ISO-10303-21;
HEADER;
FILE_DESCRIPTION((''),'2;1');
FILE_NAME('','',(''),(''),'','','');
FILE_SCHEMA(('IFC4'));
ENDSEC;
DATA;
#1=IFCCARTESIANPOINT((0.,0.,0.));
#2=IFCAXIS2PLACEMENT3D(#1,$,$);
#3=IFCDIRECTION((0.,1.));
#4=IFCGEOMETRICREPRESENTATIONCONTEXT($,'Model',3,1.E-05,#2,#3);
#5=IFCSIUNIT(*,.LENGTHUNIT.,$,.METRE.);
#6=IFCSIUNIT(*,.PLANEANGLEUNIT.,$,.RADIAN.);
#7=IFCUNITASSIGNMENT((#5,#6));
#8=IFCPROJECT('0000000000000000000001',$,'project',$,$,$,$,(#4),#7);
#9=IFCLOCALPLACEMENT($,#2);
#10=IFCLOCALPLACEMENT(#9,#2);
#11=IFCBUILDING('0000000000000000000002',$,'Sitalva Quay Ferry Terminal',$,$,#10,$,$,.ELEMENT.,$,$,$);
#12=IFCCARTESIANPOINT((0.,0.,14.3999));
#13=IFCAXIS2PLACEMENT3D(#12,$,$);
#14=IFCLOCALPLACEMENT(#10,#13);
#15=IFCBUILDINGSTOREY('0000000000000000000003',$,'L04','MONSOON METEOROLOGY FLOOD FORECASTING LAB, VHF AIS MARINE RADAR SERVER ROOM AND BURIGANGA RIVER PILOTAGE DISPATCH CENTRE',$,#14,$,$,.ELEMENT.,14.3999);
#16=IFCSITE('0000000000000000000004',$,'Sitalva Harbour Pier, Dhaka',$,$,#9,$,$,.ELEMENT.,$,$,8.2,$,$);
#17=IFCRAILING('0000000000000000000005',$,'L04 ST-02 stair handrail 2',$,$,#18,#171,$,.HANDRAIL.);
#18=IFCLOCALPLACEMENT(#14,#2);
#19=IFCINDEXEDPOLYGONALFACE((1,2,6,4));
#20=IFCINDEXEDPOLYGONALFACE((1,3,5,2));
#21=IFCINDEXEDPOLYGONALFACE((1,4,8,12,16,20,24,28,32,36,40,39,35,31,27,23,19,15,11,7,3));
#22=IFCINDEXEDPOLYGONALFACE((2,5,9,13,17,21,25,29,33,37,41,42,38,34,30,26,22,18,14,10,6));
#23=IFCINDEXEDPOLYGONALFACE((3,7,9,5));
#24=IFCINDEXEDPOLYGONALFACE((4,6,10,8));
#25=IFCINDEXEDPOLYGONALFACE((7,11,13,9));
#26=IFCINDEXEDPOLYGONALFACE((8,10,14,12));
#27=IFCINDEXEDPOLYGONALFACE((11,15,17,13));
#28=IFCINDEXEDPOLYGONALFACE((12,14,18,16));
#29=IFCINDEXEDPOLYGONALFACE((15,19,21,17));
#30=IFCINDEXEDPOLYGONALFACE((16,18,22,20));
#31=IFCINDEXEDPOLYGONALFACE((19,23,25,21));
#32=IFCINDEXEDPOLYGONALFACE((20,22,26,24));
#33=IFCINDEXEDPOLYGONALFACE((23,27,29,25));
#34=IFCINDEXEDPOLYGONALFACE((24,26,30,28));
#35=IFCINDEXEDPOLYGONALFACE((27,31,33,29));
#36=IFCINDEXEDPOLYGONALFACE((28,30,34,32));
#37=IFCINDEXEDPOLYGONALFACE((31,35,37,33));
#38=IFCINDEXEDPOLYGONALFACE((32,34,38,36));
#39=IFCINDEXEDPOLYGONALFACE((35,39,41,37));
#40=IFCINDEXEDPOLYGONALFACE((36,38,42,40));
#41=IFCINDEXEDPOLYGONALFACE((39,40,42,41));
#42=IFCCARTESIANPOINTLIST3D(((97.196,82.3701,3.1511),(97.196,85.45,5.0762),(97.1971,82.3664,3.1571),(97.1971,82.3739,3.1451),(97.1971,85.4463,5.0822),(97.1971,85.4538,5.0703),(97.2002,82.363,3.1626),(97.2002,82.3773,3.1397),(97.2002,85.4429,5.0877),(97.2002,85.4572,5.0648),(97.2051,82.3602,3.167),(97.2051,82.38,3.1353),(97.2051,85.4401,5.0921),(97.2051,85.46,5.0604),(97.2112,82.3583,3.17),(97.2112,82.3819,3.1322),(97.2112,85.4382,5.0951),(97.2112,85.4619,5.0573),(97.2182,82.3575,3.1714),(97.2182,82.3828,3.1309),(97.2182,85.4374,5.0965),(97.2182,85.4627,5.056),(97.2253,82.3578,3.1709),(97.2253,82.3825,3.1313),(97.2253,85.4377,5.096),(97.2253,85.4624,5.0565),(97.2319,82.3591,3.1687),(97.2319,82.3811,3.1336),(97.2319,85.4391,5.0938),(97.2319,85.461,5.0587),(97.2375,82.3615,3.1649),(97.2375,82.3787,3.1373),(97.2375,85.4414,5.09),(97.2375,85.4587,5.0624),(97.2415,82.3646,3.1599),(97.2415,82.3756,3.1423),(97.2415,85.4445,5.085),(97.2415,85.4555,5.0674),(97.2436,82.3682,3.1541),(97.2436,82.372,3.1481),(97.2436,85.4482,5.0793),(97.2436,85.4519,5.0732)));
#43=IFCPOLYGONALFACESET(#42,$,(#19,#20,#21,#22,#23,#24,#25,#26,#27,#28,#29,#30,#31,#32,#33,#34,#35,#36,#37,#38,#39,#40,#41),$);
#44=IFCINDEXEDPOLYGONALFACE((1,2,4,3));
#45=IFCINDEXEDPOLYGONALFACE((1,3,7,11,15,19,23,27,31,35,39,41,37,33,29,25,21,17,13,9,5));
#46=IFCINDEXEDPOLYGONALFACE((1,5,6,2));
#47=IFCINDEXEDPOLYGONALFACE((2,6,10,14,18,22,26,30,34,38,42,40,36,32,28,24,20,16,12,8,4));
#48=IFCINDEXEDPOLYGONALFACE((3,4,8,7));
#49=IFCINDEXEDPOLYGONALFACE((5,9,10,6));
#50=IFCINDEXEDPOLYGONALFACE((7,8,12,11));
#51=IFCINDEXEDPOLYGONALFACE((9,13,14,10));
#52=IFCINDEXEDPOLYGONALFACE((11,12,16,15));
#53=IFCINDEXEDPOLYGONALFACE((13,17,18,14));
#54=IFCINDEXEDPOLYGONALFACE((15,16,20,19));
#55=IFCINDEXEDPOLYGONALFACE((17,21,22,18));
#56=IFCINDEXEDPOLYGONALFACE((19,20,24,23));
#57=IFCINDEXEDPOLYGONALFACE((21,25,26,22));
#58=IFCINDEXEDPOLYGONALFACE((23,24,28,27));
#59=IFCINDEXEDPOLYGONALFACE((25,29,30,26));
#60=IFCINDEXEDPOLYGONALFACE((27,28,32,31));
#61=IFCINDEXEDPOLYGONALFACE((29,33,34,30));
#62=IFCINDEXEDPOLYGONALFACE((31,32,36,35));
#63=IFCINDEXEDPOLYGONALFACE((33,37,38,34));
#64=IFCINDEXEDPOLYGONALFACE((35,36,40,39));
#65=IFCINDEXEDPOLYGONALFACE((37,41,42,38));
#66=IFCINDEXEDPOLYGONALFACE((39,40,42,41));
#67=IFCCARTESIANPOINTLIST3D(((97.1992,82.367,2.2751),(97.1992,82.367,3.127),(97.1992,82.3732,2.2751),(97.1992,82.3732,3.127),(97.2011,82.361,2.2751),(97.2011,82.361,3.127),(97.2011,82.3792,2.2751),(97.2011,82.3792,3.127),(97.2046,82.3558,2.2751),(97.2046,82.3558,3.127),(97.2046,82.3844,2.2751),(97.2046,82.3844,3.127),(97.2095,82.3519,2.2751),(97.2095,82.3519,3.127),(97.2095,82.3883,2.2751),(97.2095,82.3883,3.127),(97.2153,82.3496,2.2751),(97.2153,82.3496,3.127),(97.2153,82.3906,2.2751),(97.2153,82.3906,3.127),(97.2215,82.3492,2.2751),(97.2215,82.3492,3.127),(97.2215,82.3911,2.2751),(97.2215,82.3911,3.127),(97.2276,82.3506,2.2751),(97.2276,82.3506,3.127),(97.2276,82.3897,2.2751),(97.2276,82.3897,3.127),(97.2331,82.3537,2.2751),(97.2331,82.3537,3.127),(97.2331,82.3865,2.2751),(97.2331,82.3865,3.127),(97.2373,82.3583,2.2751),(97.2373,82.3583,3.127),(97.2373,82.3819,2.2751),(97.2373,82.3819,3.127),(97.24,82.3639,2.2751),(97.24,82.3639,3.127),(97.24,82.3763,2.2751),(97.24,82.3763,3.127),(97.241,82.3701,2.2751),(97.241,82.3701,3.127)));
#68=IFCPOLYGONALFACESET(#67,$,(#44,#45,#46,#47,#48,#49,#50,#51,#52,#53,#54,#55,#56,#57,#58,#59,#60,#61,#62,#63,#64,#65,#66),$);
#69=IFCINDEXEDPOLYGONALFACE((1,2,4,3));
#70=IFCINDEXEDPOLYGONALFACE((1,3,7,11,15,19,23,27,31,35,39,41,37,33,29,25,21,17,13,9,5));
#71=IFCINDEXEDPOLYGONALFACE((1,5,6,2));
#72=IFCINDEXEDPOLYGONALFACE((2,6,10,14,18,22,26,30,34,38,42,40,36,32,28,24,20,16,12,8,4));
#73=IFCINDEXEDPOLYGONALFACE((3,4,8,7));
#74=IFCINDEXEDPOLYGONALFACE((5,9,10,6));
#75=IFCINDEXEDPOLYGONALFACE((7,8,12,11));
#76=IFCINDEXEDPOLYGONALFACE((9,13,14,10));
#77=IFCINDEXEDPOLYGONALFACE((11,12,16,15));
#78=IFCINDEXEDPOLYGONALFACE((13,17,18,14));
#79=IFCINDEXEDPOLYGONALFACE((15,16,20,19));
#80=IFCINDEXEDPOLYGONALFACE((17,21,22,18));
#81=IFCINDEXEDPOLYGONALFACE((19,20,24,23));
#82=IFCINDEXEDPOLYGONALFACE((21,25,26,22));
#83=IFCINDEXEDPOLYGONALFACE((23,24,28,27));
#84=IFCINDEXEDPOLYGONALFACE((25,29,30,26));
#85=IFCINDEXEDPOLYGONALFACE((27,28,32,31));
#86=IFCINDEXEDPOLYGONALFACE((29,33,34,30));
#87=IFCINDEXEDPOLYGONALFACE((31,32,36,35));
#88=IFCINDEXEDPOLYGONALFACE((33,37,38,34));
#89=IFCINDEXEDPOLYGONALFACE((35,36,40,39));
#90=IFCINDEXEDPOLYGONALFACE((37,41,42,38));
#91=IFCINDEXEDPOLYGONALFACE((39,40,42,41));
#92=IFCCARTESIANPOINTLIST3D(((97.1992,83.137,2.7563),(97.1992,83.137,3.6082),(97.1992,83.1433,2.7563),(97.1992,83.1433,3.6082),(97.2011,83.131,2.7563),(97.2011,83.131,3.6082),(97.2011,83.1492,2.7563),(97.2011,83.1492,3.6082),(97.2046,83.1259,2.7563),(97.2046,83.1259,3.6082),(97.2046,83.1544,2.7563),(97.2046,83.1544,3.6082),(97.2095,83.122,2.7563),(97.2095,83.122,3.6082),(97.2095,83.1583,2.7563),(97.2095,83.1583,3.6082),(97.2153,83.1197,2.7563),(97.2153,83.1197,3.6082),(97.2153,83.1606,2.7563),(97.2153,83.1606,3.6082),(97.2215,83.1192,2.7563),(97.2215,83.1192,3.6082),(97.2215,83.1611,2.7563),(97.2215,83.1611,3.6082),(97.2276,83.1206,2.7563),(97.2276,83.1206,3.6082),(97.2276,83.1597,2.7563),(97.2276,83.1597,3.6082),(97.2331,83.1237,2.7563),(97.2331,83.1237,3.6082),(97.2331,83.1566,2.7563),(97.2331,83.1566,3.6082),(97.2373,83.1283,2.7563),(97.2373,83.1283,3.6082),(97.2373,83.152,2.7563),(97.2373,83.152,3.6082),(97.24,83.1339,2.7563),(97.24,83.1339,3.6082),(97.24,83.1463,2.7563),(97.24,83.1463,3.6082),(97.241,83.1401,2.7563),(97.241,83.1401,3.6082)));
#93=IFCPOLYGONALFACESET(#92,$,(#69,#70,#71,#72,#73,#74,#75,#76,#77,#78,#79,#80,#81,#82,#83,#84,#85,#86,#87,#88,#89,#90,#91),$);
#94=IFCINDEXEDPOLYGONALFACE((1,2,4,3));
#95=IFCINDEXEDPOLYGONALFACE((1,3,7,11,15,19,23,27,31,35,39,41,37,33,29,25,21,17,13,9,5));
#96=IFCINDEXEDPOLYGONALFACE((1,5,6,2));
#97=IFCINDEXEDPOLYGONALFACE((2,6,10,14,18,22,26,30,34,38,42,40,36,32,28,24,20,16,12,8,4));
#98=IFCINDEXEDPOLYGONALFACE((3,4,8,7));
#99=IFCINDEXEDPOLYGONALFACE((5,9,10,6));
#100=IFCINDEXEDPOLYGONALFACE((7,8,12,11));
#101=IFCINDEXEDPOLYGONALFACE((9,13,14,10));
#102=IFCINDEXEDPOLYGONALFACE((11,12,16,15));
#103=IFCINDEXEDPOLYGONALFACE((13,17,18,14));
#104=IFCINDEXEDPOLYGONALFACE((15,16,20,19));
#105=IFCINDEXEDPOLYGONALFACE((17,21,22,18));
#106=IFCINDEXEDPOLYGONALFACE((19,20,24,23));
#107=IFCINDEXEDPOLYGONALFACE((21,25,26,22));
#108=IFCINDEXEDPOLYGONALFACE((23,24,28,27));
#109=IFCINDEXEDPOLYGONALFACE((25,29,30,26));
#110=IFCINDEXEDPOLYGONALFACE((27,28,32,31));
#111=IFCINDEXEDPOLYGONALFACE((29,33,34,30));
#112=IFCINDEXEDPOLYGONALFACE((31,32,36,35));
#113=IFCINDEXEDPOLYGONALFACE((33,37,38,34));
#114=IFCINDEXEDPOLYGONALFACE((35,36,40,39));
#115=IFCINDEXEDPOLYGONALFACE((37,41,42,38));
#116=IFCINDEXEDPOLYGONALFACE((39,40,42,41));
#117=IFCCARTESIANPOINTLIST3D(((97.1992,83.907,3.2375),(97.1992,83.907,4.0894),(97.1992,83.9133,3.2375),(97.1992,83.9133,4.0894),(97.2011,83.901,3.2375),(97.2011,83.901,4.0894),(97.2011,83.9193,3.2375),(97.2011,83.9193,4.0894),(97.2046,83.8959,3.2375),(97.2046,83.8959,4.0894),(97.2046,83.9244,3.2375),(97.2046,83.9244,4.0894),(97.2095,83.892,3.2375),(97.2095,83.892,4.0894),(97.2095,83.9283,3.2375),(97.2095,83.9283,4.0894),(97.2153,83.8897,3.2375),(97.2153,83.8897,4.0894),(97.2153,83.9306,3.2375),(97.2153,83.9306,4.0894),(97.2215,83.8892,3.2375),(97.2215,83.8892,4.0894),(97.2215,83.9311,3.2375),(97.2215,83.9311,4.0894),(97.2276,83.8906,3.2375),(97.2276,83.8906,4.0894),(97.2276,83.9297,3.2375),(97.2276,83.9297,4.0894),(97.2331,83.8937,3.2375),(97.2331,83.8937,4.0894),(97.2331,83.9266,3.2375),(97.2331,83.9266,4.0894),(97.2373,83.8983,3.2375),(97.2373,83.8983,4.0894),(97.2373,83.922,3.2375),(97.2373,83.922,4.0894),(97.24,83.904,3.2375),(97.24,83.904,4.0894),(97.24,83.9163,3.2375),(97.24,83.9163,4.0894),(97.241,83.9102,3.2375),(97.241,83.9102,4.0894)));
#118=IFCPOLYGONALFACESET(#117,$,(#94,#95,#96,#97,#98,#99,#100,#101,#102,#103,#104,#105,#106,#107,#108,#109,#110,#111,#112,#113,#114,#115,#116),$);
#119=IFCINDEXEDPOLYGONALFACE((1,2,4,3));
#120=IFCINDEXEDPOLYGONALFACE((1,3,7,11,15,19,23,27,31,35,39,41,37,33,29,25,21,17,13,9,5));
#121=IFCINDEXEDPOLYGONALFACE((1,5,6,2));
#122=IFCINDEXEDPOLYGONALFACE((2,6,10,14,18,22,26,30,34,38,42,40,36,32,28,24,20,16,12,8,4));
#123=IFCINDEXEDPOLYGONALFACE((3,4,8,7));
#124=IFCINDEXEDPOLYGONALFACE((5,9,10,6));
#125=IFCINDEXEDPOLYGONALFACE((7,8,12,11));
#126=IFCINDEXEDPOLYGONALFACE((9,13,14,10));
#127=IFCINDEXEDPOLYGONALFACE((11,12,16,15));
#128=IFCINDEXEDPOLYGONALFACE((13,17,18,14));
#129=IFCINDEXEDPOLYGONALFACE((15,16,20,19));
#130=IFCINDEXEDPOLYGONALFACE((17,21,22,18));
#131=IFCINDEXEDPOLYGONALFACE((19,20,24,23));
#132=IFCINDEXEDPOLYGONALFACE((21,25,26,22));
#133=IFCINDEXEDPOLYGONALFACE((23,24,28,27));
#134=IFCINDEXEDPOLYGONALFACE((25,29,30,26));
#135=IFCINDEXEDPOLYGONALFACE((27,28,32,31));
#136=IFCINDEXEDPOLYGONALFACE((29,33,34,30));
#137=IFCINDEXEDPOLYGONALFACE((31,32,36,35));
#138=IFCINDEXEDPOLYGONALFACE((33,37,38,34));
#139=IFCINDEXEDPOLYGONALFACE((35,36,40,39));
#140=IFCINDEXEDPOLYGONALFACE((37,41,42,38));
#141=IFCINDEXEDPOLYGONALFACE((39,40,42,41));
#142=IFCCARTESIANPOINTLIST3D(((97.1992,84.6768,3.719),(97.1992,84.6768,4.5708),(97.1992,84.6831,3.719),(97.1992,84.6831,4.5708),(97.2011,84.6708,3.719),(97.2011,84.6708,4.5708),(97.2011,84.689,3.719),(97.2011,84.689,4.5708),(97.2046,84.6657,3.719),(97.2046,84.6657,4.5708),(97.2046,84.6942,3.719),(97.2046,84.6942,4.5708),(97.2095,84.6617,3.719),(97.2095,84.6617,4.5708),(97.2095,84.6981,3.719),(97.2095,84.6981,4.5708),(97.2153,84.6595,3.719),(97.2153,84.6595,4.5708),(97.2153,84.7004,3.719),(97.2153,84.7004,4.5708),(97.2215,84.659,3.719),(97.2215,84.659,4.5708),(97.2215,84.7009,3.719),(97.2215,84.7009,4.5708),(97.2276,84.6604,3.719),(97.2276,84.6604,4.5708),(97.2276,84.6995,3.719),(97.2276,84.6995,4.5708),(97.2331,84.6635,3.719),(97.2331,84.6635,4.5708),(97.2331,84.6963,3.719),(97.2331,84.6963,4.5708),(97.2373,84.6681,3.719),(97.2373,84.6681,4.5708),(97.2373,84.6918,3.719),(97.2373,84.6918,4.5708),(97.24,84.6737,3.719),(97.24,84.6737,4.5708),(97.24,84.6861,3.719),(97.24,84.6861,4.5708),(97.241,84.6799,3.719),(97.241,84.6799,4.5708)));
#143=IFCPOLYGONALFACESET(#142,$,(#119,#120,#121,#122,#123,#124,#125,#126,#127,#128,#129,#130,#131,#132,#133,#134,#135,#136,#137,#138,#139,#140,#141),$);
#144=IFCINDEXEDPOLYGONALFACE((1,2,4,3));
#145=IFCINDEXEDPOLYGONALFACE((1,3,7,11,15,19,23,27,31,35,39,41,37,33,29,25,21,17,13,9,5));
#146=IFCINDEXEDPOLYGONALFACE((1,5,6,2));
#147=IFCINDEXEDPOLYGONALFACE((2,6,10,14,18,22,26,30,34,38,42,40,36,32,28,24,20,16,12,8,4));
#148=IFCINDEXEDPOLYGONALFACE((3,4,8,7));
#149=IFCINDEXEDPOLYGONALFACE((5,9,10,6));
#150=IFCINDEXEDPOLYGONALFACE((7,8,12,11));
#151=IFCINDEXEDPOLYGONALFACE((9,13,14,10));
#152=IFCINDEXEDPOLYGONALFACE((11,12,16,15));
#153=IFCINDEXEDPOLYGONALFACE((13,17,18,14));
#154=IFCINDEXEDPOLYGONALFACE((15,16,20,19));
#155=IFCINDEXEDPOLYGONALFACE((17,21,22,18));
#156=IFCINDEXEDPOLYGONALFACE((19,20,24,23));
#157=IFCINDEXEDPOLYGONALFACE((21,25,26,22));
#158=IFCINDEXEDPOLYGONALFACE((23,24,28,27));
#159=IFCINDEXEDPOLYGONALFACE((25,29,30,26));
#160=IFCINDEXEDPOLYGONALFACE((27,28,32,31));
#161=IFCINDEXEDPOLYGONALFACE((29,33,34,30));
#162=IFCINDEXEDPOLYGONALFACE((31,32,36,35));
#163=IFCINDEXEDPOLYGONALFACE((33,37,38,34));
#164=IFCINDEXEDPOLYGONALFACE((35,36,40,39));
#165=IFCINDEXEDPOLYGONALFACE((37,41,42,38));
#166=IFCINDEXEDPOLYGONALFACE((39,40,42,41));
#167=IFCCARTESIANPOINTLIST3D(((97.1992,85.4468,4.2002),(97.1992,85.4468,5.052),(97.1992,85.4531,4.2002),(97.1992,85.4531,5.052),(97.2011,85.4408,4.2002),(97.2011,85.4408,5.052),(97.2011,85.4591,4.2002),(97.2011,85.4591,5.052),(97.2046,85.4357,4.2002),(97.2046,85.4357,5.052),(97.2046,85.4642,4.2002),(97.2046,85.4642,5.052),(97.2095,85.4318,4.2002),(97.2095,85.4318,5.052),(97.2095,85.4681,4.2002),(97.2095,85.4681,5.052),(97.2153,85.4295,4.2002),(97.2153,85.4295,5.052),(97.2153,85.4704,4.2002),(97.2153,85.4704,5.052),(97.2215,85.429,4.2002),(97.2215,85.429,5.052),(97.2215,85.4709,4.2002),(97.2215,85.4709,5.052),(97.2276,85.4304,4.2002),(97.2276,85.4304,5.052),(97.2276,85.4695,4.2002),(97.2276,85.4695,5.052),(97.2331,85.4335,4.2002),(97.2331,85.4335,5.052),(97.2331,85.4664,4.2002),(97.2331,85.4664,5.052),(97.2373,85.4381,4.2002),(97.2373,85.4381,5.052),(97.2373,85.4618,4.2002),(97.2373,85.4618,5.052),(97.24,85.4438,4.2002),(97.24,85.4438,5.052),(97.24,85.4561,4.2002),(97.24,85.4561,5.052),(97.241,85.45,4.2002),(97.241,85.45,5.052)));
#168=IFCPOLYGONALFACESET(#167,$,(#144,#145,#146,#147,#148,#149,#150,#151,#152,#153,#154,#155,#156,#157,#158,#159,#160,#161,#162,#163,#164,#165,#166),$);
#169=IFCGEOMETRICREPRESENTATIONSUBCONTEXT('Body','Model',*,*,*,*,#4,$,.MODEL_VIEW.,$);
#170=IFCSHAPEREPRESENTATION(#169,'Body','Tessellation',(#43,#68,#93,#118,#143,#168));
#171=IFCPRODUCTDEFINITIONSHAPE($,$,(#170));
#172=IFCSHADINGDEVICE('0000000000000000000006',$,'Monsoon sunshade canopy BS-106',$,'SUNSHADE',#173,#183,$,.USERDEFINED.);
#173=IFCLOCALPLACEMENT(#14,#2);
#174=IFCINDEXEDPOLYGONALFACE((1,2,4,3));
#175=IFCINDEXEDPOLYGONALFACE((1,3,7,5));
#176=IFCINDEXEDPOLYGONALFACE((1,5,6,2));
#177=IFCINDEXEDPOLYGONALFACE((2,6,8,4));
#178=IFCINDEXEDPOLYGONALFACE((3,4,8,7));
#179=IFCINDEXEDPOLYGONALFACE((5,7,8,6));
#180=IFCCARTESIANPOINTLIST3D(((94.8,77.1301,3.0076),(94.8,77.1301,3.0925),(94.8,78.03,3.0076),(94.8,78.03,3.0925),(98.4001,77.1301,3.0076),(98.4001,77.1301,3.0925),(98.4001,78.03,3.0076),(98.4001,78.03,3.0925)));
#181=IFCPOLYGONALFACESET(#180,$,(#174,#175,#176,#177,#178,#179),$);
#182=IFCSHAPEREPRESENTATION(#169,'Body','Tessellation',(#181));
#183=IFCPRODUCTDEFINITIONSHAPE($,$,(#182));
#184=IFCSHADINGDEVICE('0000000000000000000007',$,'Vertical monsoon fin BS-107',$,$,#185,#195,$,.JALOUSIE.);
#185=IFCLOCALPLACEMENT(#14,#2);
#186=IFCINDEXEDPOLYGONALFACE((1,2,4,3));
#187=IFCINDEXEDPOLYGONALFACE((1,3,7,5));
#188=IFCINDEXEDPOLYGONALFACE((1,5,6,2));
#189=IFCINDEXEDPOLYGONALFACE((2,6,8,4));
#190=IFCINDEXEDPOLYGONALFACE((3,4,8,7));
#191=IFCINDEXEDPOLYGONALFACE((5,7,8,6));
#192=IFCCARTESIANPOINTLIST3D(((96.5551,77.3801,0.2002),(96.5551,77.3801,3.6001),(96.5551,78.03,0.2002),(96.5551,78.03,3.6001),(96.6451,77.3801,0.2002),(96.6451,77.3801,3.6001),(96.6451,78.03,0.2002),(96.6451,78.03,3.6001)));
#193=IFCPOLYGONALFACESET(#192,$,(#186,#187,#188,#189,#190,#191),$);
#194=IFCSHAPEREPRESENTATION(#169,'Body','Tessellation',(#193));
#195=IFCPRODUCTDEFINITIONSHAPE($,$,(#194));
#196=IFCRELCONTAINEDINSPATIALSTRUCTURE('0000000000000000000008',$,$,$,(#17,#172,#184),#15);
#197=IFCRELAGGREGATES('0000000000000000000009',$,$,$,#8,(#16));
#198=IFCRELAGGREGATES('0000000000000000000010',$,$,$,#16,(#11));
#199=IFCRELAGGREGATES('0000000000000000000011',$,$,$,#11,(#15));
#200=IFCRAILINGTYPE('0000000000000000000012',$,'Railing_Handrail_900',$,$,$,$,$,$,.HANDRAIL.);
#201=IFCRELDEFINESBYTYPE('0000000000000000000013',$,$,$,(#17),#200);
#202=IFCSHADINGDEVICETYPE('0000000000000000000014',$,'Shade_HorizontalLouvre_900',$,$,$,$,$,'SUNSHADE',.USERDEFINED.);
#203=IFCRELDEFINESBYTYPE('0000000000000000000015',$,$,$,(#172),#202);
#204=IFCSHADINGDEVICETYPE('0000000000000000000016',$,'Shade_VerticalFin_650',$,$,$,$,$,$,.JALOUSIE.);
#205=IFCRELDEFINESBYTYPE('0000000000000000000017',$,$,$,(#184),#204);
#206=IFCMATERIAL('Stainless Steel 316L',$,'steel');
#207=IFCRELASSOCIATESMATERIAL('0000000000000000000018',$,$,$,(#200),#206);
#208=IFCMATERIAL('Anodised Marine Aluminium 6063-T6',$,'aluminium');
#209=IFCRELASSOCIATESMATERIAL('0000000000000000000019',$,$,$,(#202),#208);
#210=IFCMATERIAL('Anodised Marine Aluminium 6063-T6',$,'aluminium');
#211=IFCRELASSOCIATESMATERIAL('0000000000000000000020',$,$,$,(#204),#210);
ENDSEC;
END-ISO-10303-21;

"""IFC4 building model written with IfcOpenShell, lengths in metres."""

from ifc_helpers import new_model, si_unit, direction, frame, origin, origin_2d, place, context, subcontext, project, spatial, rectangle, circle, extrude, material, type_object, element, save


model = new_model("IFC4")

# Units and contexts
model_context = context("Model", 3, precision=1e-05, world=origin(), true_north=direction((0.0, 1.0)))
body_context = subcontext(model_context, "Body", "Model", "MODEL_VIEW")
ifc_project = project(units=[si_unit("LENGTHUNIT", "METRE"), si_unit("PLANEANGLEUNIT", "RADIAN")], contexts=[model_context])

# Site, building, storey
site_placement = place(None, origin())
site = spatial("IfcSite", under=ifc_project, at=site_placement, Name="Sitalva Harbour Pier, Dhaka", CompositionType="ELEMENT", RefElevation=8.2)
building_placement = place(site_placement, origin())
building = spatial("IfcBuilding", under=site, at=building_placement, Name="Sitalva Quay Ferry Terminal", CompositionType="ELEMENT")
storey_placement = place(building_placement, frame((0.0, 0.0, 14.3999)))
storey = spatial("IfcBuildingStorey", under=building, at=storey_placement, Name="L04", Description="MONSOON METEOROLOGY FLOOD FORECASTING LAB, VHF AIS MARINE RADAR SERVER ROOM AND BURIGANGA RIVER PILOTAGE DISPATCH CENTRE", CompositionType="ELEMENT", Elevation=14.3999)

# Railing
ifc_material_1 = material(Name="Stainless Steel 316L", Category="steel")
railing_type = type_object("IfcRailingType", Name="Railing_Handrail_900", PredefinedType="HANDRAIL", material=ifc_material_1)
railing_placement = place(storey_placement, frame((97.22, 82.3701, 2.2751)))
element("IfcRailing", 1, at=railing_placement, inside=storey, type_object=railing_type, Name="L04 ST-02 stair handrail 2", PredefinedType="HANDRAIL", context=body_context, shape_type="SweptSolid", body=[
    extrude(circle(Radius=0.0239, at=origin_2d()), frame((0.0, 0.0, 0.876), z_axis=(0.0, 0.847979, 0.530029), x_axis=(-1.0, 0.0, 0.0)), (0.0, 0.0, 1.0), 3.6321),
    extrude(circle(Radius=0.021, at=origin_2d()), origin(), (0.0, 0.0, 1.0), 0.8518),
    extrude(circle(Radius=0.021, at=origin_2d()), frame((0.0, 0.77, 0.4812)), (0.0, 0.0, 1.0), 0.8518),
    extrude(circle(Radius=0.021, at=origin_2d()), frame((0.0, 1.54, 0.9624)), (0.0, 0.0, 1.0), 0.8518),
    extrude(circle(Radius=0.021, at=origin_2d()), frame((0.0, 2.3098, 1.4438)), (0.0, 0.0, 1.0), 0.8518),
    extrude(circle(Radius=0.021, at=origin_2d()), frame((0.0, 3.0798, 1.925)), (0.0, 0.0, 1.0), 0.8518),
])

# Shading devices
ifc_material_2 = material(Name="Anodised Marine Aluminium 6063-T6", Category="aluminium")
shading_device_type_1 = type_object("IfcShadingDeviceType", Name="Shade_HorizontalLouvre_900", ElementType="SUNSHADE", PredefinedType="USERDEFINED", material=ifc_material_2)
shading_device_1_placement = place(storey_placement, frame((96.6001, 77.5801, 3.0076), z_axis=(0.0, 0.0, 1.0), x_axis=(1.0, 0.0, 0.0)))
element("IfcShadingDevice", 2, at=shading_device_1_placement, inside=storey, type_object=shading_device_type_1, Name="Monsoon sunshade canopy BS-106", ObjectType="SUNSHADE", PredefinedType="USERDEFINED", context=body_context, shape_type="SweptSolid", body=[
    extrude(rectangle(XDim=3.6001, YDim=0.8999, at=origin_2d()), origin(), (0.0, 0.0, 1.0), 0.085),
])
ifc_material_3 = material(Name="Anodised Marine Aluminium 6063-T6", Category="aluminium")
shading_device_type_2 = type_object("IfcShadingDeviceType", Name="Shade_VerticalFin_650", PredefinedType="JALOUSIE", material=ifc_material_3)
shading_device_2_placement = place(storey_placement, frame((96.6001, 77.7051, 0.2002), z_axis=(0.0, 0.0, 1.0), x_axis=(1.0, 0.0, 0.0)))
element("IfcShadingDevice", 3, at=shading_device_2_placement, inside=storey, type_object=shading_device_type_2, Name="Vertical monsoon fin BS-107", PredefinedType="JALOUSIE", context=body_context, shape_type="SweptSolid", body=[
    extrude(rectangle(XDim=0.0901, YDim=0.6499, at=origin_2d()), origin(), (0.0, 0.0, 1.0), 3.3999),
])

save(model, "model.ifc")
